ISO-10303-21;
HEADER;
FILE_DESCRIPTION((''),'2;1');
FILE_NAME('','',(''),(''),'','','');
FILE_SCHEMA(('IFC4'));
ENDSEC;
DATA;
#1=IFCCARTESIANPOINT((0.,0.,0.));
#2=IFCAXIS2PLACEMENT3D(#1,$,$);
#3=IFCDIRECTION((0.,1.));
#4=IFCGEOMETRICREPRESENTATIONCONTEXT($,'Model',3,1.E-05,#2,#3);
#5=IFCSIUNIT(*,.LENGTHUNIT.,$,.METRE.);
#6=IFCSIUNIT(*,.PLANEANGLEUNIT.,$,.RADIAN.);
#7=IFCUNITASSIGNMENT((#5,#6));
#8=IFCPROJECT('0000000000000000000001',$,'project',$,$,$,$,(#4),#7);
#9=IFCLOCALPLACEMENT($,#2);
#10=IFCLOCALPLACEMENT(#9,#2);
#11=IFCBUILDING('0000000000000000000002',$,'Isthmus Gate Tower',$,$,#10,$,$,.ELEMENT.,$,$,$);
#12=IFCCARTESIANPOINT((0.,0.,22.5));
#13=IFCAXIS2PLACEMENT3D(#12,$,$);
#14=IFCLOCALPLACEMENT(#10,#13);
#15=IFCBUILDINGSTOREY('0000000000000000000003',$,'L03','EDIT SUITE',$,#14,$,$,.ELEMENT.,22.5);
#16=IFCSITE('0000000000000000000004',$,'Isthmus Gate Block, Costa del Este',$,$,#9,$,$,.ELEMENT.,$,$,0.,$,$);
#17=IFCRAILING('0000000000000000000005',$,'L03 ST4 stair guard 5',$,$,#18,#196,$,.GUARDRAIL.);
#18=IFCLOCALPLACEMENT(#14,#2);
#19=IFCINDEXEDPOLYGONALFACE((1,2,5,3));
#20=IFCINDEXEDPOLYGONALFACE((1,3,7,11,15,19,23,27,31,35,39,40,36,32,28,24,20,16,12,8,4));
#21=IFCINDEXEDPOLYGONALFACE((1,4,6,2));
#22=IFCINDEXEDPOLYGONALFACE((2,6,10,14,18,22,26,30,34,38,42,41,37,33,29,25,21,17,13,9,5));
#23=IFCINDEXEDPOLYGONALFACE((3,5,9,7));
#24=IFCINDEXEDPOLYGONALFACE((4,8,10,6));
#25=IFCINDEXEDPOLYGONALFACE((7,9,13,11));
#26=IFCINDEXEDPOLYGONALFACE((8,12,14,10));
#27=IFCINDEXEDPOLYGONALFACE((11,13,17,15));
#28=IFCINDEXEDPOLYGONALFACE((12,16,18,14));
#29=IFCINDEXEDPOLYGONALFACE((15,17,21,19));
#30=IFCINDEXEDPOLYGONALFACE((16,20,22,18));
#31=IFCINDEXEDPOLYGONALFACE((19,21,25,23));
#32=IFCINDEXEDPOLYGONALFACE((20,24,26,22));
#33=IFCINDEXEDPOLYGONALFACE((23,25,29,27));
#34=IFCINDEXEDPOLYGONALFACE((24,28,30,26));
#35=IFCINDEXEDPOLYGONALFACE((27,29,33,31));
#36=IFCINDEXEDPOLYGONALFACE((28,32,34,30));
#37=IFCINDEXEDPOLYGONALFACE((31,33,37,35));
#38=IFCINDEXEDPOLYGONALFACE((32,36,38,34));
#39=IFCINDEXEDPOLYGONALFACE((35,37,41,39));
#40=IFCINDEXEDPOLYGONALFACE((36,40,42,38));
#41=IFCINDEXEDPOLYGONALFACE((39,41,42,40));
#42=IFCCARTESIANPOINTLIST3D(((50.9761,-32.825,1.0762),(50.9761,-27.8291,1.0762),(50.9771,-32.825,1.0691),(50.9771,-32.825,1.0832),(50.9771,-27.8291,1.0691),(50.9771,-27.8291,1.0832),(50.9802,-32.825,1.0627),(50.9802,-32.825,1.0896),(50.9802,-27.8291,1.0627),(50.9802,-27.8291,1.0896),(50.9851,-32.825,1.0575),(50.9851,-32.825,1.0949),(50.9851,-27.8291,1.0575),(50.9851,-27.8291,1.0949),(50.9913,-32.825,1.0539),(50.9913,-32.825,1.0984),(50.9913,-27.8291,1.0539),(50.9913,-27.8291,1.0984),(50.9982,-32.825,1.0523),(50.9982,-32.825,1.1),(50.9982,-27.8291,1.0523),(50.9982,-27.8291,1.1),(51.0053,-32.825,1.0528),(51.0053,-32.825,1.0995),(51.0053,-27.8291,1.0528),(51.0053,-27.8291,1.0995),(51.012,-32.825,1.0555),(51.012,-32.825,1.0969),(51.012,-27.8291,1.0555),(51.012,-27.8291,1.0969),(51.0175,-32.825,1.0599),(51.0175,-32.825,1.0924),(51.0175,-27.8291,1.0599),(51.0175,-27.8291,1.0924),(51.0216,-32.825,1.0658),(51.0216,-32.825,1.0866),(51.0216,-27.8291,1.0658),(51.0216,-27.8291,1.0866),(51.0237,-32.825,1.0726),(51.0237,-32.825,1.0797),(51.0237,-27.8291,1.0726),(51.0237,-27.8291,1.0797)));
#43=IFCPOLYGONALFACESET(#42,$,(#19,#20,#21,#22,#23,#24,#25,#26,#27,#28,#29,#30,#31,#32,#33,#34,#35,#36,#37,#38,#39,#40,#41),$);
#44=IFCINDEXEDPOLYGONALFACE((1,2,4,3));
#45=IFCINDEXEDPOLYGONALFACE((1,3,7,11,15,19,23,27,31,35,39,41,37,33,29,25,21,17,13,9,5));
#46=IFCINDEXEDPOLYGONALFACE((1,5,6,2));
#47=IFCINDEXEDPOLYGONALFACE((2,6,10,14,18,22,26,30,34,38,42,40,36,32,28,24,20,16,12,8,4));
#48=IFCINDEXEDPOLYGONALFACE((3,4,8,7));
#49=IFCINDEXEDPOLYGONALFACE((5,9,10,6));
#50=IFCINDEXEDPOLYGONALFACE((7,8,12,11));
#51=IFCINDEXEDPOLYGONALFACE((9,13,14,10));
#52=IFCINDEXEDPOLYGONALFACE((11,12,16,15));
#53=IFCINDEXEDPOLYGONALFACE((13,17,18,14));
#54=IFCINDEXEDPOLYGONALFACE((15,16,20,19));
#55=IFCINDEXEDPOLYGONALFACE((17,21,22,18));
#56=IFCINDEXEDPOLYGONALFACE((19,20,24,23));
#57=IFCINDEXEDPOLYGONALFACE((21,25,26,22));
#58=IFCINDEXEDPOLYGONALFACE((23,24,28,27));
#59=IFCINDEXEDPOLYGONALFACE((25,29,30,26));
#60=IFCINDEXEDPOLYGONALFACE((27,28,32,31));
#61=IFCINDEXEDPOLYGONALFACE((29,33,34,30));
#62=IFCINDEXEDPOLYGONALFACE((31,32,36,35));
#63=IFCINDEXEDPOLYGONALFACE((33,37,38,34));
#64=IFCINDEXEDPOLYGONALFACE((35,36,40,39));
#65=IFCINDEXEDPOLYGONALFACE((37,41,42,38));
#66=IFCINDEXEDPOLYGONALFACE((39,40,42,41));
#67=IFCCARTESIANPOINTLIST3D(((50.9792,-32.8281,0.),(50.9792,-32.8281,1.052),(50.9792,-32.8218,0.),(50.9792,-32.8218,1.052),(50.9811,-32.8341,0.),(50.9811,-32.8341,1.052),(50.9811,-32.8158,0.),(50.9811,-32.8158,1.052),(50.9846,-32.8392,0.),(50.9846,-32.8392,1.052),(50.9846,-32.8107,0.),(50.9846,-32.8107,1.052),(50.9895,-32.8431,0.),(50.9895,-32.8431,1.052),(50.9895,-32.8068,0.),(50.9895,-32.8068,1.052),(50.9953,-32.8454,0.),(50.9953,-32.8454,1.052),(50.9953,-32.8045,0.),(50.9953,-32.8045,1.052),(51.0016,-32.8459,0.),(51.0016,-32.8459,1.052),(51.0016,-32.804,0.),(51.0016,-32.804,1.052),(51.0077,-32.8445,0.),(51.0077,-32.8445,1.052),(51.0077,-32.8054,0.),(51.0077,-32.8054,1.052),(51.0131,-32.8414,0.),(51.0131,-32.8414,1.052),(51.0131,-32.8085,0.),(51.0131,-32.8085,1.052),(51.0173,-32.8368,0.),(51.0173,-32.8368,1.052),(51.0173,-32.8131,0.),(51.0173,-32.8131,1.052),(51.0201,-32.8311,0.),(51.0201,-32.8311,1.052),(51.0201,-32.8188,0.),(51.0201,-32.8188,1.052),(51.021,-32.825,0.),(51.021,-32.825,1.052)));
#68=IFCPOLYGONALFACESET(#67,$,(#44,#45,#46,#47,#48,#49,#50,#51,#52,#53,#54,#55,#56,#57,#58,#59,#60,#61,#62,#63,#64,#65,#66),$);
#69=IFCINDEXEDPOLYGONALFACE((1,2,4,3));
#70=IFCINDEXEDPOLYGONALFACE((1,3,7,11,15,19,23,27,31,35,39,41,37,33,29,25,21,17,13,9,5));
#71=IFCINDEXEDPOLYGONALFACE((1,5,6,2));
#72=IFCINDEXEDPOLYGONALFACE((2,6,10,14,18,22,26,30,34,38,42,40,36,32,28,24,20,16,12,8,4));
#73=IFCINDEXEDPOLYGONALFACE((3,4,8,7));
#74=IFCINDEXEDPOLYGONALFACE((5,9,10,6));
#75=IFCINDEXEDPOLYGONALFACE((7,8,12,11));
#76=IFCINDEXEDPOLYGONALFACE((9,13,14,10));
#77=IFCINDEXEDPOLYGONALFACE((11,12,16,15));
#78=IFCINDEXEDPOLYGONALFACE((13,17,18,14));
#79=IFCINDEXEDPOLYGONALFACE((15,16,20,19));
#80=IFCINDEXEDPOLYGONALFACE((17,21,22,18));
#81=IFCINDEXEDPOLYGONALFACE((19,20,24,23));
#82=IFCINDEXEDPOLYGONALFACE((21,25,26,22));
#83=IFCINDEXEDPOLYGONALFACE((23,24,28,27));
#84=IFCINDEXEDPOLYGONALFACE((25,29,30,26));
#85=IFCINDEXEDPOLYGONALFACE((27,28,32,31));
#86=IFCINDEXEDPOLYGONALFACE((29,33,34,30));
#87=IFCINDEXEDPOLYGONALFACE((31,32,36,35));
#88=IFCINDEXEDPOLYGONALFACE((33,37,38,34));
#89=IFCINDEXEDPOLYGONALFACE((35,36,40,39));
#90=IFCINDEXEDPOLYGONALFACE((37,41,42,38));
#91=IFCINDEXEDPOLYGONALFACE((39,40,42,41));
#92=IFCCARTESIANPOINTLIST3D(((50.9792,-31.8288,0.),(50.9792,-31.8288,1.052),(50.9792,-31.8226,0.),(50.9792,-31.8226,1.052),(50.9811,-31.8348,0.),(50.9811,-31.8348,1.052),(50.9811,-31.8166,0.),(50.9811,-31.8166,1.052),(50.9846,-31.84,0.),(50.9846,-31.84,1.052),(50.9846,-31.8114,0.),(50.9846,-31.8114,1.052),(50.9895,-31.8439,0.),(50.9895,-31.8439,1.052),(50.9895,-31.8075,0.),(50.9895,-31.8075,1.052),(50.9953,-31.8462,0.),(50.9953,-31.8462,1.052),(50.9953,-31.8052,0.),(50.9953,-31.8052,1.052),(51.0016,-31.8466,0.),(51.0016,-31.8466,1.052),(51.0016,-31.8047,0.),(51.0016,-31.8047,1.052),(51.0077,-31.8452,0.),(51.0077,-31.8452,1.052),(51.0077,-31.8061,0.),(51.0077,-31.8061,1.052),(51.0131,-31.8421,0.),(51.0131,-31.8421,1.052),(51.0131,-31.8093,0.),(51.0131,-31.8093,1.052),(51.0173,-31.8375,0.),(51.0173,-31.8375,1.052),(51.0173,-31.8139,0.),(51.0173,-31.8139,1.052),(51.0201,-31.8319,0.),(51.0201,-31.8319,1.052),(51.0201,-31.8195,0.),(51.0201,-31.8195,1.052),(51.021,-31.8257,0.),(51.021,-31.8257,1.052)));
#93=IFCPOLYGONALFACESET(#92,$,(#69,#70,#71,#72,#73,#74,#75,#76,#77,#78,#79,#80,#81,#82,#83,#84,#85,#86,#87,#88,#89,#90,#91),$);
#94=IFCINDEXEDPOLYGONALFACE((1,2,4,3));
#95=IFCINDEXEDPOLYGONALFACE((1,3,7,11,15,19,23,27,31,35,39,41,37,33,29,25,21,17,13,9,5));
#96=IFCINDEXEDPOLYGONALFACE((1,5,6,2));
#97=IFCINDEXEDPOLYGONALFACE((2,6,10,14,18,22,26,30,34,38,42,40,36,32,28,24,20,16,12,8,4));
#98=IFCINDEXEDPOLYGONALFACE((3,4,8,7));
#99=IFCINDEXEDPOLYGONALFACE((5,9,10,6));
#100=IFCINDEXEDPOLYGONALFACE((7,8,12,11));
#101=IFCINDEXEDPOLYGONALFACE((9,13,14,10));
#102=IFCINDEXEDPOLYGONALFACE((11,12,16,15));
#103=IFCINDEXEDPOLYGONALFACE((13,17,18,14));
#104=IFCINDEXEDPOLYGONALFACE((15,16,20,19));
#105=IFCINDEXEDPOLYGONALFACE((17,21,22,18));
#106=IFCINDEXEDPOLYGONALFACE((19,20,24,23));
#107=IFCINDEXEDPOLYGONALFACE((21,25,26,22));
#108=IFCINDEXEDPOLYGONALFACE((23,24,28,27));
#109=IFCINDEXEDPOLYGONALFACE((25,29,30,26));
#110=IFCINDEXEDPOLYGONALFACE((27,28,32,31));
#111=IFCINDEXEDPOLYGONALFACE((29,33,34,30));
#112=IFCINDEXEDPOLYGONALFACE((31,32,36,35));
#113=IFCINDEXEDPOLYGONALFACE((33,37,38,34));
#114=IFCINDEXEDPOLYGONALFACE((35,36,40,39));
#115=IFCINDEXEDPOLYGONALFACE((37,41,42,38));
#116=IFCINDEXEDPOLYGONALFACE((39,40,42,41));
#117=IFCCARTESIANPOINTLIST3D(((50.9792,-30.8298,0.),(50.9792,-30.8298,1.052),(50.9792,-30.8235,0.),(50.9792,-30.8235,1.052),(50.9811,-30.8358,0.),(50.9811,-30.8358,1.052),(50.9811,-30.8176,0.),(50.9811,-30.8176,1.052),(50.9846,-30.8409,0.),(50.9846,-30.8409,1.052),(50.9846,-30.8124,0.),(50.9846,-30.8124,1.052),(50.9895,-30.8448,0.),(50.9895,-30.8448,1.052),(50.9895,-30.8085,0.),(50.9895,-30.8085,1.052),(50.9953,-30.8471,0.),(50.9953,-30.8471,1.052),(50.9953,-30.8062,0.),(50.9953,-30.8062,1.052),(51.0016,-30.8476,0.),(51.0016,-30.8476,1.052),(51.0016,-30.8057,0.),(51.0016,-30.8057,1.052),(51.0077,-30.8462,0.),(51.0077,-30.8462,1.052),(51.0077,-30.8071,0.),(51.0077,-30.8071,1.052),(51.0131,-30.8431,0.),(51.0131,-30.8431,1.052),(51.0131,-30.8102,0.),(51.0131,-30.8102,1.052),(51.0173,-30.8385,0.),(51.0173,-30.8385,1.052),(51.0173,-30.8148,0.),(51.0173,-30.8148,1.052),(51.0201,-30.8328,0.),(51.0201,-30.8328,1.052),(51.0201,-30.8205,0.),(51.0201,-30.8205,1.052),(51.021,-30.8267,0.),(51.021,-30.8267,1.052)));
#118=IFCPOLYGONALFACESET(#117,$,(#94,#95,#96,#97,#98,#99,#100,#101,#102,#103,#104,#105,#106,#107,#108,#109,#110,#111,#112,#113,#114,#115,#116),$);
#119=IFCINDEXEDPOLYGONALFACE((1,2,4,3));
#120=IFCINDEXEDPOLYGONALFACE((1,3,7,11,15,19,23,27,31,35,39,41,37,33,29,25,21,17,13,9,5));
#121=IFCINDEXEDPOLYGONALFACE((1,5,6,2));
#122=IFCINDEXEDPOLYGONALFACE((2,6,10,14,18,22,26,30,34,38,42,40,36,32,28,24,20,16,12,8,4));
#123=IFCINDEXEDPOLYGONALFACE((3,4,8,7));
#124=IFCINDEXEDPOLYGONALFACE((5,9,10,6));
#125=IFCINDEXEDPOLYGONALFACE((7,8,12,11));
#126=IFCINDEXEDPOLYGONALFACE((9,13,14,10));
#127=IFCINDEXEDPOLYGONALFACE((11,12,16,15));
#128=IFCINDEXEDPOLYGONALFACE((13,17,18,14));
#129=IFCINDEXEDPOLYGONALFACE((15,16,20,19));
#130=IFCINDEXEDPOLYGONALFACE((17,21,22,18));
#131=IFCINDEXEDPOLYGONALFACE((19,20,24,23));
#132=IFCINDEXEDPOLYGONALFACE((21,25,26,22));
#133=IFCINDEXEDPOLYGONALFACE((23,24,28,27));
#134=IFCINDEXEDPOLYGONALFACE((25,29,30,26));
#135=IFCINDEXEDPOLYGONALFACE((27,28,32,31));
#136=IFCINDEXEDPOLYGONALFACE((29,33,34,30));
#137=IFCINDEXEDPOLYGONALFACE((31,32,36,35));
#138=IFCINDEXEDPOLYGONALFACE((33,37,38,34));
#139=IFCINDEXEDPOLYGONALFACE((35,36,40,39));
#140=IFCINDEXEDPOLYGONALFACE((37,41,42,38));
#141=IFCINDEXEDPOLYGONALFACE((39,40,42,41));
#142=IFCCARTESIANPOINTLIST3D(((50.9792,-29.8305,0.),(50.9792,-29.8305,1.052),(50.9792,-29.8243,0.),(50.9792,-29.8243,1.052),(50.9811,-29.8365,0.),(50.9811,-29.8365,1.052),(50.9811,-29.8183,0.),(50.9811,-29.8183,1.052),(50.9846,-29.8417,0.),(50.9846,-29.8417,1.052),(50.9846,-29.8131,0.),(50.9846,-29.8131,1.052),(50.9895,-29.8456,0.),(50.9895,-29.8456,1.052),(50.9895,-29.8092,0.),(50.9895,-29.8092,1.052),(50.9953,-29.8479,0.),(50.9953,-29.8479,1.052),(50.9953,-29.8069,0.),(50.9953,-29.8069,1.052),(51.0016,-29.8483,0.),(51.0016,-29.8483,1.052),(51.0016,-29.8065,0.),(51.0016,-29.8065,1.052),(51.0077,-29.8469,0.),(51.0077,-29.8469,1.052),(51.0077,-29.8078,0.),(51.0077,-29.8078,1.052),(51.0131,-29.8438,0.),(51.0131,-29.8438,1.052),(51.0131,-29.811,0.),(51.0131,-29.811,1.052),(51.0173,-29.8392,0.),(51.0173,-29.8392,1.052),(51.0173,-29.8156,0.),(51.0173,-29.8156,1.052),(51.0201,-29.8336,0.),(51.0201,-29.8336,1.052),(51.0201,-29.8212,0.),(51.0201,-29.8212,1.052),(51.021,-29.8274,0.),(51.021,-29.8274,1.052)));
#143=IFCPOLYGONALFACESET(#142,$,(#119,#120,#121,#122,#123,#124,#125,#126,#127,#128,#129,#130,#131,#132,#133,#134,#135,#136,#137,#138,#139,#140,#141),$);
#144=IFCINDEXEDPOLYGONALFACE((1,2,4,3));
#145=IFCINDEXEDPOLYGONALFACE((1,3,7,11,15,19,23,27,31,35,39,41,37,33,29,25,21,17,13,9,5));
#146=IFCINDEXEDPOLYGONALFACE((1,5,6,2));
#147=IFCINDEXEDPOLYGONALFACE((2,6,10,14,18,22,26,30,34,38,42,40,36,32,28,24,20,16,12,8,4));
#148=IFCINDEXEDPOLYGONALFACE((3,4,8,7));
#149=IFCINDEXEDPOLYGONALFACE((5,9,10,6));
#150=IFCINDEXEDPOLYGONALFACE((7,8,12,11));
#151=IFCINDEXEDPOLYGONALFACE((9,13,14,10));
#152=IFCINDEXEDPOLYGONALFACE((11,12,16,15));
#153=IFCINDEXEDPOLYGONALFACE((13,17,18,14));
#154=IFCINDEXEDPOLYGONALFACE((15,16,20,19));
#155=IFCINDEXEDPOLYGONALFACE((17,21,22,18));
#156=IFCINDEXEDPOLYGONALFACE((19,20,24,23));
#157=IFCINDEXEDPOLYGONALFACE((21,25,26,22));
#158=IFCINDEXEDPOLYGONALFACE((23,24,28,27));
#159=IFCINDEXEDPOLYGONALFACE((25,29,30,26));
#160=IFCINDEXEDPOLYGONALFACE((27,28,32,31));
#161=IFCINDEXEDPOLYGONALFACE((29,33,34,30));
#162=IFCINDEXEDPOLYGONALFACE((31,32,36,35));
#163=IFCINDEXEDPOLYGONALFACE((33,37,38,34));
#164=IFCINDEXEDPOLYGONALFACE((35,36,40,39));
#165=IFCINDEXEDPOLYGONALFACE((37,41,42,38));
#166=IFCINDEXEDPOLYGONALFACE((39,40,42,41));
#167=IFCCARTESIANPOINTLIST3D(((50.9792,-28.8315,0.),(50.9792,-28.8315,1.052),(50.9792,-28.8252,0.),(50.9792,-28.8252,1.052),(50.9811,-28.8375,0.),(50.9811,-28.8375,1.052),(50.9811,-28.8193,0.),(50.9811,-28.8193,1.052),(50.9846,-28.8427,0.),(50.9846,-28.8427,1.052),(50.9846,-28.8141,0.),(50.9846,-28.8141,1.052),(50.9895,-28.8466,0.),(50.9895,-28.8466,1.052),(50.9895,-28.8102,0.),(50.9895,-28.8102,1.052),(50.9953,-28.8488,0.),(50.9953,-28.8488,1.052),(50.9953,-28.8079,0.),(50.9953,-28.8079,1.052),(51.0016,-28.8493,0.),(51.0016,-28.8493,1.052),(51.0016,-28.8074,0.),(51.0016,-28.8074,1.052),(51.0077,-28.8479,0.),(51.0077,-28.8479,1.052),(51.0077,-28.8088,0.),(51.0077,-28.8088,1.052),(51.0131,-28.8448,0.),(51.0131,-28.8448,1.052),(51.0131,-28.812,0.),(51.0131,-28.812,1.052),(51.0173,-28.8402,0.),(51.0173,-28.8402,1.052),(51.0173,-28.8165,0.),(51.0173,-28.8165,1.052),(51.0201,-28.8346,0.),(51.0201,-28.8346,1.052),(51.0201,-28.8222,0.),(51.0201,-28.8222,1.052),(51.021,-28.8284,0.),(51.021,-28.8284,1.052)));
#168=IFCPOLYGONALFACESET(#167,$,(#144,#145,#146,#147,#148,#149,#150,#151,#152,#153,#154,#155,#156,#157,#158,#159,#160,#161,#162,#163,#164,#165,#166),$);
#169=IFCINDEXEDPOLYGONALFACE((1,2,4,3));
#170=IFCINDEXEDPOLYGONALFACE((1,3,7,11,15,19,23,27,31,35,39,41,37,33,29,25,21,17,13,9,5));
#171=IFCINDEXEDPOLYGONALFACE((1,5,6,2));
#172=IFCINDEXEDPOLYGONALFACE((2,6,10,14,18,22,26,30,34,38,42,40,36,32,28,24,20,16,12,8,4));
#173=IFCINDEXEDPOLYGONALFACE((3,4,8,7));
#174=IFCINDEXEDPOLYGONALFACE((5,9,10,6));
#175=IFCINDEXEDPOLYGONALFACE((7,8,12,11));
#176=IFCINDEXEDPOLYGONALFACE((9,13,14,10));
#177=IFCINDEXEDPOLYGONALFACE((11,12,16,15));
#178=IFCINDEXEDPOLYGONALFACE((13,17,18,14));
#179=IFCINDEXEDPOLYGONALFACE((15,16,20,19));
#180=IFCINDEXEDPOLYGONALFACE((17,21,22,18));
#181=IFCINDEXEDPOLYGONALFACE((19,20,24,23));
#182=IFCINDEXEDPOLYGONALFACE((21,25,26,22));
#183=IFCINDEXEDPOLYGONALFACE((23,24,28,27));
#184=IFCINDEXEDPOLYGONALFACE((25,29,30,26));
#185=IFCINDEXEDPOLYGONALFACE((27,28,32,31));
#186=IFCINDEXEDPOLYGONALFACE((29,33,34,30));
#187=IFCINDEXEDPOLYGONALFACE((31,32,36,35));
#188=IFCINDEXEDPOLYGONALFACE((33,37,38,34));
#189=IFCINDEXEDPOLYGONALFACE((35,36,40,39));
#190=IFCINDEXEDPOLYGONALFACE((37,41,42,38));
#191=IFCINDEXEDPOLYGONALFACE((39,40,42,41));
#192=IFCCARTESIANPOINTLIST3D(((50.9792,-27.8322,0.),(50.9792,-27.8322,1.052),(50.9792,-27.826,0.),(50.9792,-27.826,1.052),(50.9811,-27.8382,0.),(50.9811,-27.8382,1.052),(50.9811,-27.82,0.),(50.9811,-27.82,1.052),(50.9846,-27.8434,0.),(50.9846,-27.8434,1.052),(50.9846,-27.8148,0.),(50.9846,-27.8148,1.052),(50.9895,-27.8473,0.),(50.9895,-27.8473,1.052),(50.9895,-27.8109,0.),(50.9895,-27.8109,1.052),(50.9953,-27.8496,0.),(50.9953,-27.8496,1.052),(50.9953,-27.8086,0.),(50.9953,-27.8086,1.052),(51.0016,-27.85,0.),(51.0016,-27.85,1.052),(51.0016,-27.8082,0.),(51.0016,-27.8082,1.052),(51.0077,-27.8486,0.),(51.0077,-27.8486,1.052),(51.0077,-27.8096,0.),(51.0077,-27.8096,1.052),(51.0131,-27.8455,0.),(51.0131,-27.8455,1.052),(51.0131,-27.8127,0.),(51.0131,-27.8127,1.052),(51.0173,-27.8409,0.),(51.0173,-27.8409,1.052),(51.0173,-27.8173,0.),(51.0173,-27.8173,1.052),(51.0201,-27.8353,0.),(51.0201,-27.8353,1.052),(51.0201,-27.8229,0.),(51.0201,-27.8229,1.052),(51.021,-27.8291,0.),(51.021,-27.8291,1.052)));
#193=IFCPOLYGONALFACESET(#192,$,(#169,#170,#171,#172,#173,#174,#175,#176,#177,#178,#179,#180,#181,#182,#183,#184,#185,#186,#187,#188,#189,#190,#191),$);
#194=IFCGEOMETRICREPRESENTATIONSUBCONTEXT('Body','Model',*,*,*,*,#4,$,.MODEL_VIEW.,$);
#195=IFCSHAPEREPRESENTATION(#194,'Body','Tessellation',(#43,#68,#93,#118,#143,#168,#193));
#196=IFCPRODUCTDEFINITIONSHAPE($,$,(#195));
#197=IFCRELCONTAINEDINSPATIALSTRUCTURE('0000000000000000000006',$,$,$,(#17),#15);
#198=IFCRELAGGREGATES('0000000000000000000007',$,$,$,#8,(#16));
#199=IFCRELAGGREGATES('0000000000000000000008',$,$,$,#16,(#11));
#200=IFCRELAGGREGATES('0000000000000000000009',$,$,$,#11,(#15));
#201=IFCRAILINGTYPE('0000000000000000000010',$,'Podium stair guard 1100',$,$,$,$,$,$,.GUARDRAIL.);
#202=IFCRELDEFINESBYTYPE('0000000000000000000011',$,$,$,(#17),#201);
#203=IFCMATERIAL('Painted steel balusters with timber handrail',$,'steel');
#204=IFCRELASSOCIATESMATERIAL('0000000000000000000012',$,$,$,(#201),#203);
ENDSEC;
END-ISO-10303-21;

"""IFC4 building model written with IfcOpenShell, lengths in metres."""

from ifc_helpers import new_model, si_unit, direction, frame, origin, origin_2d, place, context, subcontext, project, spatial, circle, extrude, material, type_object, element, save


model = new_model("IFC4")

# Units and contexts
model_context = context("Model", 3, precision=1e-05, world=origin(), true_north=direction((0.0, 1.0)))
body_context = subcontext(model_context, "Body", "Model", "MODEL_VIEW")
ifc_project = project(units=[si_unit("LENGTHUNIT", "METRE"), si_unit("PLANEANGLEUNIT", "RADIAN")], contexts=[model_context])

# Site, building, storey
site_placement = place(None, origin())
site = spatial("IfcSite", under=ifc_project, at=site_placement, Name="Isthmus Gate Block, Costa del Este", CompositionType="ELEMENT", RefElevation=0.0)
building_placement = place(site_placement, origin())
building = spatial("IfcBuilding", under=site, at=building_placement, Name="Isthmus Gate Tower", CompositionType="ELEMENT")
storey_placement = place(building_placement, frame((0.0, 0.0, 22.5)))
storey = spatial("IfcBuildingStorey", under=building, at=storey_placement, Name="L03", Description="EDIT SUITE", CompositionType="ELEMENT", Elevation=22.5)

# Railing
ifc_material_1 = material(Name="Painted steel balusters with timber handrail", Category="steel")
railing_type_1 = type_object("IfcRailingType", Name="Podium stair guard 1100", PredefinedType="GUARDRAIL", material=ifc_material_1)
railing_1_placement = place(storey_placement, frame((51.0, -32.825, 0.0)))
element("IfcRailing", 1, at=railing_1_placement, inside=storey, type_object=railing_type_1, Name="L03 ST4 stair guard 5", PredefinedType="GUARDRAIL", context=body_context, shape_type="SweptSolid", body=[
    extrude(circle(Radius=0.0239, at=origin_2d()), frame((0.0, 0.0, 1.0762), z_axis=(0.0, 1.0, 0.0), x_axis=(-1.0, 0.0, 0.0)), (0.0, 0.0, 1.0), 4.9958),
    extrude(circle(Radius=0.021, at=origin_2d()), origin(), (0.0, 0.0, 1.0), 1.052),
    extrude(circle(Radius=0.021, at=origin_2d()), frame((0.0, 0.9993, 0.0)), (0.0, 0.0, 1.0), 1.052),
    extrude(circle(Radius=0.021, at=origin_2d()), frame((0.0, 1.9983, 0.0)), (0.0, 0.0, 1.0), 1.052),
    extrude(circle(Radius=0.021, at=origin_2d()), frame((0.0, 2.9976, 0.0)), (0.0, 0.0, 1.0), 1.052),
    extrude(circle(Radius=0.021, at=origin_2d()), frame((0.0, 3.9966, 0.0)), (0.0, 0.0, 1.0), 1.052),
    extrude(circle(Radius=0.021, at=origin_2d()), frame((0.0, 4.9958, 0.0)), (0.0, 0.0, 1.0), 1.052),
])

save(model, "model.ifc")
